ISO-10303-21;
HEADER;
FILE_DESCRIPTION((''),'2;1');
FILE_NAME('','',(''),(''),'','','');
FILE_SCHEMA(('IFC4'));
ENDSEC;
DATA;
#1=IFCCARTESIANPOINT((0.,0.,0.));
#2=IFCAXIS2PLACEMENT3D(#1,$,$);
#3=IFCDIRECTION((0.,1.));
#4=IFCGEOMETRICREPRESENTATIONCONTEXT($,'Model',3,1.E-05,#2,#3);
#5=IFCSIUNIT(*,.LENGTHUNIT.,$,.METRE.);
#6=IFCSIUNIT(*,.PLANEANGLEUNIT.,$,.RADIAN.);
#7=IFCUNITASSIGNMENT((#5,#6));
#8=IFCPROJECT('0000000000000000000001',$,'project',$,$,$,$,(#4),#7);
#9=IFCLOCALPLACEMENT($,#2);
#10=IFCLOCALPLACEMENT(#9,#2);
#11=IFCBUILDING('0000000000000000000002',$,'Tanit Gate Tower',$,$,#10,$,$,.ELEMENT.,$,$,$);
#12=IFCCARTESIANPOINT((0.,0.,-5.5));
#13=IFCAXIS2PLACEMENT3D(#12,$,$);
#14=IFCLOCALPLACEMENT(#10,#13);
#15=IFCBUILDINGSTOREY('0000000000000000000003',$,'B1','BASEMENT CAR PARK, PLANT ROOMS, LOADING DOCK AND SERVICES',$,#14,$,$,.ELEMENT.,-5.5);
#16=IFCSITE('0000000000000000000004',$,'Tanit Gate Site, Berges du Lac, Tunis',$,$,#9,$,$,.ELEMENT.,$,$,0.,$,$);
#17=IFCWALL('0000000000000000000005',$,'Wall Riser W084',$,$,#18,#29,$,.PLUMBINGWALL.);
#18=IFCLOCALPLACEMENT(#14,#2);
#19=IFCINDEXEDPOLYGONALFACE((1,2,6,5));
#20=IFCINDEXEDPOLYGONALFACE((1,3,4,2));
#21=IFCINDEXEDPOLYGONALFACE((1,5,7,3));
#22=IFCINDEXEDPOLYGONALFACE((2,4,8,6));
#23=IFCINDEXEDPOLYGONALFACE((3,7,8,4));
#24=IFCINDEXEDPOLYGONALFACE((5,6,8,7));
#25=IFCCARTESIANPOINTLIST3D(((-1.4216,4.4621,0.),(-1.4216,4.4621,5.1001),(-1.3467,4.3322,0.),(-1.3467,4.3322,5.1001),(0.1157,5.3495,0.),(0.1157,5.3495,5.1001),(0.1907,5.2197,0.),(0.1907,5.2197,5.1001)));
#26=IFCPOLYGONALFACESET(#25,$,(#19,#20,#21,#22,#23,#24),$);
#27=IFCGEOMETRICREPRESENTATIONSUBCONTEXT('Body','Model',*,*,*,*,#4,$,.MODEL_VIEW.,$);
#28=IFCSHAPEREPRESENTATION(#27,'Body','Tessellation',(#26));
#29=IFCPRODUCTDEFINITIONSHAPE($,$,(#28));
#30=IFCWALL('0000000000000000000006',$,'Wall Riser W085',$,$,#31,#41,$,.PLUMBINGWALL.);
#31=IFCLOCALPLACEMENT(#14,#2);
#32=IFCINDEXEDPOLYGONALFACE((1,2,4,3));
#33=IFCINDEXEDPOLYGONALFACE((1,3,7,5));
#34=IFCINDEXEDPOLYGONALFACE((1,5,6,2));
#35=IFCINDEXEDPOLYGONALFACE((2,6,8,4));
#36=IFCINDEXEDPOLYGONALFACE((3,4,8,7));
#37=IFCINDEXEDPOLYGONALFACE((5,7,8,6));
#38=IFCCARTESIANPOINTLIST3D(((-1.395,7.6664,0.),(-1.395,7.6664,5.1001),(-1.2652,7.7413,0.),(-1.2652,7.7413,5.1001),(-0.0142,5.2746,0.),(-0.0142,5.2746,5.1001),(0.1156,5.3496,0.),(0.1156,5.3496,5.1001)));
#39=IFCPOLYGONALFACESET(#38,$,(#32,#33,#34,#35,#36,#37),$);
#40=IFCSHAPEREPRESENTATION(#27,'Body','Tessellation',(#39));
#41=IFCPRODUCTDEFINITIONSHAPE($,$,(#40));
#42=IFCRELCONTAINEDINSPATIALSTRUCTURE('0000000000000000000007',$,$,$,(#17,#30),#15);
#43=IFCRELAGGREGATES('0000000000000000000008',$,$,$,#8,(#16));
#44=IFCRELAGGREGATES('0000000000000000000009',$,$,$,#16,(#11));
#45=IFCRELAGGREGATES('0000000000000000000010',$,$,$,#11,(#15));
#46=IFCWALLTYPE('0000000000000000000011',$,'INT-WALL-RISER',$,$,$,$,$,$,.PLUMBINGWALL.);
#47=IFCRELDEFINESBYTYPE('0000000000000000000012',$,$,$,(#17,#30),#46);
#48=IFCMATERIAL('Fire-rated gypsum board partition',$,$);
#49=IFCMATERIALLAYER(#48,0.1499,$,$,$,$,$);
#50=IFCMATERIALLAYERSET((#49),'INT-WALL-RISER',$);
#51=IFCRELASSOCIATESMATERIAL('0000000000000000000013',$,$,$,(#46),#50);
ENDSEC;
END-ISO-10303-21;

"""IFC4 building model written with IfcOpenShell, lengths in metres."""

from ifc_helpers import new_model, si_unit, direction, frame, frame_2d, origin, place, context, subcontext, project, spatial, rectangle, extrude, material, layer, layer_set, type_object, element, save


model = new_model("IFC4")

# Units and contexts
model_context = context("Model", 3, precision=1e-05, world=origin(), true_north=direction((0.0, 1.0)))
body_context = subcontext(model_context, "Body", "Model", "MODEL_VIEW")
ifc_project = project(units=[si_unit("LENGTHUNIT", "METRE"), si_unit("PLANEANGLEUNIT", "RADIAN")], contexts=[model_context])

# Site, building, storey
site_placement = place(None, origin())
site = spatial("IfcSite", under=ifc_project, at=site_placement, Name="Tanit Gate Site, Berges du Lac, Tunis", CompositionType="ELEMENT", RefElevation=0.0)
building_placement = place(site_placement, origin())
building = spatial("IfcBuilding", under=site, at=building_placement, Name="Tanit Gate Tower", CompositionType="ELEMENT")
storey_placement = place(building_placement, frame((0.0, 0.0, -5.5)))
storey = spatial("IfcBuildingStorey", under=building, at=storey_placement, Name="B1", Description="BASEMENT CAR PARK, PLANT ROOMS, LOADING DOCK AND SERVICES", CompositionType="ELEMENT", Elevation=-5.5)

# Shared definitions
ifc_material_1 = material(Name="Fire-rated gypsum board partition")
ifc_layer_1 = layer(ifc_material_1, 0.1499)
ifc_layer_set_1 = layer_set([ifc_layer_1], Name="INT-WALL-RISER")
wall_type_1 = type_object("IfcWallType", Name="INT-WALL-RISER", PredefinedType="PLUMBINGWALL", material=ifc_layer_set_1)

# Walls
wall_1_placement = place(storey_placement, frame((0.1533, 5.2847, 0.0), z_axis=(0.0, 0.0, 1.0), x_axis=(-0.86606, -0.499941, 0.0)))
element("IfcWall", 1, at=wall_1_placement, inside=storey, type_object=wall_type_1, Name="Wall Riser W084", PredefinedType="PLUMBINGWALL", context=body_context, shape_type="SweptSolid", body=[
    extrude(rectangle(XDim=1.7751, YDim=0.1499, at=frame_2d((0.8877, 0.0))), origin(), (0.0, 0.0, 1.0), 5.1001),
])
wall_2_placement = place(storey_placement, frame((-1.3301, 7.7039, 0.0), z_axis=(0.0, 0.0, 1.0), x_axis=(0.49998, -0.866037, 0.0)))
element("IfcWall", 2, at=wall_2_placement, inside=storey, type_object=wall_type_1, Name="Wall Riser W085", PredefinedType="PLUMBINGWALL", context=body_context, shape_type="SweptSolid", body=[
    extrude(rectangle(XDim=2.7617, YDim=0.1499, at=frame_2d((1.3809, 0.0))), origin(), (0.0, 0.0, 1.0), 5.1001),
])

save(model, "model.ifc")
